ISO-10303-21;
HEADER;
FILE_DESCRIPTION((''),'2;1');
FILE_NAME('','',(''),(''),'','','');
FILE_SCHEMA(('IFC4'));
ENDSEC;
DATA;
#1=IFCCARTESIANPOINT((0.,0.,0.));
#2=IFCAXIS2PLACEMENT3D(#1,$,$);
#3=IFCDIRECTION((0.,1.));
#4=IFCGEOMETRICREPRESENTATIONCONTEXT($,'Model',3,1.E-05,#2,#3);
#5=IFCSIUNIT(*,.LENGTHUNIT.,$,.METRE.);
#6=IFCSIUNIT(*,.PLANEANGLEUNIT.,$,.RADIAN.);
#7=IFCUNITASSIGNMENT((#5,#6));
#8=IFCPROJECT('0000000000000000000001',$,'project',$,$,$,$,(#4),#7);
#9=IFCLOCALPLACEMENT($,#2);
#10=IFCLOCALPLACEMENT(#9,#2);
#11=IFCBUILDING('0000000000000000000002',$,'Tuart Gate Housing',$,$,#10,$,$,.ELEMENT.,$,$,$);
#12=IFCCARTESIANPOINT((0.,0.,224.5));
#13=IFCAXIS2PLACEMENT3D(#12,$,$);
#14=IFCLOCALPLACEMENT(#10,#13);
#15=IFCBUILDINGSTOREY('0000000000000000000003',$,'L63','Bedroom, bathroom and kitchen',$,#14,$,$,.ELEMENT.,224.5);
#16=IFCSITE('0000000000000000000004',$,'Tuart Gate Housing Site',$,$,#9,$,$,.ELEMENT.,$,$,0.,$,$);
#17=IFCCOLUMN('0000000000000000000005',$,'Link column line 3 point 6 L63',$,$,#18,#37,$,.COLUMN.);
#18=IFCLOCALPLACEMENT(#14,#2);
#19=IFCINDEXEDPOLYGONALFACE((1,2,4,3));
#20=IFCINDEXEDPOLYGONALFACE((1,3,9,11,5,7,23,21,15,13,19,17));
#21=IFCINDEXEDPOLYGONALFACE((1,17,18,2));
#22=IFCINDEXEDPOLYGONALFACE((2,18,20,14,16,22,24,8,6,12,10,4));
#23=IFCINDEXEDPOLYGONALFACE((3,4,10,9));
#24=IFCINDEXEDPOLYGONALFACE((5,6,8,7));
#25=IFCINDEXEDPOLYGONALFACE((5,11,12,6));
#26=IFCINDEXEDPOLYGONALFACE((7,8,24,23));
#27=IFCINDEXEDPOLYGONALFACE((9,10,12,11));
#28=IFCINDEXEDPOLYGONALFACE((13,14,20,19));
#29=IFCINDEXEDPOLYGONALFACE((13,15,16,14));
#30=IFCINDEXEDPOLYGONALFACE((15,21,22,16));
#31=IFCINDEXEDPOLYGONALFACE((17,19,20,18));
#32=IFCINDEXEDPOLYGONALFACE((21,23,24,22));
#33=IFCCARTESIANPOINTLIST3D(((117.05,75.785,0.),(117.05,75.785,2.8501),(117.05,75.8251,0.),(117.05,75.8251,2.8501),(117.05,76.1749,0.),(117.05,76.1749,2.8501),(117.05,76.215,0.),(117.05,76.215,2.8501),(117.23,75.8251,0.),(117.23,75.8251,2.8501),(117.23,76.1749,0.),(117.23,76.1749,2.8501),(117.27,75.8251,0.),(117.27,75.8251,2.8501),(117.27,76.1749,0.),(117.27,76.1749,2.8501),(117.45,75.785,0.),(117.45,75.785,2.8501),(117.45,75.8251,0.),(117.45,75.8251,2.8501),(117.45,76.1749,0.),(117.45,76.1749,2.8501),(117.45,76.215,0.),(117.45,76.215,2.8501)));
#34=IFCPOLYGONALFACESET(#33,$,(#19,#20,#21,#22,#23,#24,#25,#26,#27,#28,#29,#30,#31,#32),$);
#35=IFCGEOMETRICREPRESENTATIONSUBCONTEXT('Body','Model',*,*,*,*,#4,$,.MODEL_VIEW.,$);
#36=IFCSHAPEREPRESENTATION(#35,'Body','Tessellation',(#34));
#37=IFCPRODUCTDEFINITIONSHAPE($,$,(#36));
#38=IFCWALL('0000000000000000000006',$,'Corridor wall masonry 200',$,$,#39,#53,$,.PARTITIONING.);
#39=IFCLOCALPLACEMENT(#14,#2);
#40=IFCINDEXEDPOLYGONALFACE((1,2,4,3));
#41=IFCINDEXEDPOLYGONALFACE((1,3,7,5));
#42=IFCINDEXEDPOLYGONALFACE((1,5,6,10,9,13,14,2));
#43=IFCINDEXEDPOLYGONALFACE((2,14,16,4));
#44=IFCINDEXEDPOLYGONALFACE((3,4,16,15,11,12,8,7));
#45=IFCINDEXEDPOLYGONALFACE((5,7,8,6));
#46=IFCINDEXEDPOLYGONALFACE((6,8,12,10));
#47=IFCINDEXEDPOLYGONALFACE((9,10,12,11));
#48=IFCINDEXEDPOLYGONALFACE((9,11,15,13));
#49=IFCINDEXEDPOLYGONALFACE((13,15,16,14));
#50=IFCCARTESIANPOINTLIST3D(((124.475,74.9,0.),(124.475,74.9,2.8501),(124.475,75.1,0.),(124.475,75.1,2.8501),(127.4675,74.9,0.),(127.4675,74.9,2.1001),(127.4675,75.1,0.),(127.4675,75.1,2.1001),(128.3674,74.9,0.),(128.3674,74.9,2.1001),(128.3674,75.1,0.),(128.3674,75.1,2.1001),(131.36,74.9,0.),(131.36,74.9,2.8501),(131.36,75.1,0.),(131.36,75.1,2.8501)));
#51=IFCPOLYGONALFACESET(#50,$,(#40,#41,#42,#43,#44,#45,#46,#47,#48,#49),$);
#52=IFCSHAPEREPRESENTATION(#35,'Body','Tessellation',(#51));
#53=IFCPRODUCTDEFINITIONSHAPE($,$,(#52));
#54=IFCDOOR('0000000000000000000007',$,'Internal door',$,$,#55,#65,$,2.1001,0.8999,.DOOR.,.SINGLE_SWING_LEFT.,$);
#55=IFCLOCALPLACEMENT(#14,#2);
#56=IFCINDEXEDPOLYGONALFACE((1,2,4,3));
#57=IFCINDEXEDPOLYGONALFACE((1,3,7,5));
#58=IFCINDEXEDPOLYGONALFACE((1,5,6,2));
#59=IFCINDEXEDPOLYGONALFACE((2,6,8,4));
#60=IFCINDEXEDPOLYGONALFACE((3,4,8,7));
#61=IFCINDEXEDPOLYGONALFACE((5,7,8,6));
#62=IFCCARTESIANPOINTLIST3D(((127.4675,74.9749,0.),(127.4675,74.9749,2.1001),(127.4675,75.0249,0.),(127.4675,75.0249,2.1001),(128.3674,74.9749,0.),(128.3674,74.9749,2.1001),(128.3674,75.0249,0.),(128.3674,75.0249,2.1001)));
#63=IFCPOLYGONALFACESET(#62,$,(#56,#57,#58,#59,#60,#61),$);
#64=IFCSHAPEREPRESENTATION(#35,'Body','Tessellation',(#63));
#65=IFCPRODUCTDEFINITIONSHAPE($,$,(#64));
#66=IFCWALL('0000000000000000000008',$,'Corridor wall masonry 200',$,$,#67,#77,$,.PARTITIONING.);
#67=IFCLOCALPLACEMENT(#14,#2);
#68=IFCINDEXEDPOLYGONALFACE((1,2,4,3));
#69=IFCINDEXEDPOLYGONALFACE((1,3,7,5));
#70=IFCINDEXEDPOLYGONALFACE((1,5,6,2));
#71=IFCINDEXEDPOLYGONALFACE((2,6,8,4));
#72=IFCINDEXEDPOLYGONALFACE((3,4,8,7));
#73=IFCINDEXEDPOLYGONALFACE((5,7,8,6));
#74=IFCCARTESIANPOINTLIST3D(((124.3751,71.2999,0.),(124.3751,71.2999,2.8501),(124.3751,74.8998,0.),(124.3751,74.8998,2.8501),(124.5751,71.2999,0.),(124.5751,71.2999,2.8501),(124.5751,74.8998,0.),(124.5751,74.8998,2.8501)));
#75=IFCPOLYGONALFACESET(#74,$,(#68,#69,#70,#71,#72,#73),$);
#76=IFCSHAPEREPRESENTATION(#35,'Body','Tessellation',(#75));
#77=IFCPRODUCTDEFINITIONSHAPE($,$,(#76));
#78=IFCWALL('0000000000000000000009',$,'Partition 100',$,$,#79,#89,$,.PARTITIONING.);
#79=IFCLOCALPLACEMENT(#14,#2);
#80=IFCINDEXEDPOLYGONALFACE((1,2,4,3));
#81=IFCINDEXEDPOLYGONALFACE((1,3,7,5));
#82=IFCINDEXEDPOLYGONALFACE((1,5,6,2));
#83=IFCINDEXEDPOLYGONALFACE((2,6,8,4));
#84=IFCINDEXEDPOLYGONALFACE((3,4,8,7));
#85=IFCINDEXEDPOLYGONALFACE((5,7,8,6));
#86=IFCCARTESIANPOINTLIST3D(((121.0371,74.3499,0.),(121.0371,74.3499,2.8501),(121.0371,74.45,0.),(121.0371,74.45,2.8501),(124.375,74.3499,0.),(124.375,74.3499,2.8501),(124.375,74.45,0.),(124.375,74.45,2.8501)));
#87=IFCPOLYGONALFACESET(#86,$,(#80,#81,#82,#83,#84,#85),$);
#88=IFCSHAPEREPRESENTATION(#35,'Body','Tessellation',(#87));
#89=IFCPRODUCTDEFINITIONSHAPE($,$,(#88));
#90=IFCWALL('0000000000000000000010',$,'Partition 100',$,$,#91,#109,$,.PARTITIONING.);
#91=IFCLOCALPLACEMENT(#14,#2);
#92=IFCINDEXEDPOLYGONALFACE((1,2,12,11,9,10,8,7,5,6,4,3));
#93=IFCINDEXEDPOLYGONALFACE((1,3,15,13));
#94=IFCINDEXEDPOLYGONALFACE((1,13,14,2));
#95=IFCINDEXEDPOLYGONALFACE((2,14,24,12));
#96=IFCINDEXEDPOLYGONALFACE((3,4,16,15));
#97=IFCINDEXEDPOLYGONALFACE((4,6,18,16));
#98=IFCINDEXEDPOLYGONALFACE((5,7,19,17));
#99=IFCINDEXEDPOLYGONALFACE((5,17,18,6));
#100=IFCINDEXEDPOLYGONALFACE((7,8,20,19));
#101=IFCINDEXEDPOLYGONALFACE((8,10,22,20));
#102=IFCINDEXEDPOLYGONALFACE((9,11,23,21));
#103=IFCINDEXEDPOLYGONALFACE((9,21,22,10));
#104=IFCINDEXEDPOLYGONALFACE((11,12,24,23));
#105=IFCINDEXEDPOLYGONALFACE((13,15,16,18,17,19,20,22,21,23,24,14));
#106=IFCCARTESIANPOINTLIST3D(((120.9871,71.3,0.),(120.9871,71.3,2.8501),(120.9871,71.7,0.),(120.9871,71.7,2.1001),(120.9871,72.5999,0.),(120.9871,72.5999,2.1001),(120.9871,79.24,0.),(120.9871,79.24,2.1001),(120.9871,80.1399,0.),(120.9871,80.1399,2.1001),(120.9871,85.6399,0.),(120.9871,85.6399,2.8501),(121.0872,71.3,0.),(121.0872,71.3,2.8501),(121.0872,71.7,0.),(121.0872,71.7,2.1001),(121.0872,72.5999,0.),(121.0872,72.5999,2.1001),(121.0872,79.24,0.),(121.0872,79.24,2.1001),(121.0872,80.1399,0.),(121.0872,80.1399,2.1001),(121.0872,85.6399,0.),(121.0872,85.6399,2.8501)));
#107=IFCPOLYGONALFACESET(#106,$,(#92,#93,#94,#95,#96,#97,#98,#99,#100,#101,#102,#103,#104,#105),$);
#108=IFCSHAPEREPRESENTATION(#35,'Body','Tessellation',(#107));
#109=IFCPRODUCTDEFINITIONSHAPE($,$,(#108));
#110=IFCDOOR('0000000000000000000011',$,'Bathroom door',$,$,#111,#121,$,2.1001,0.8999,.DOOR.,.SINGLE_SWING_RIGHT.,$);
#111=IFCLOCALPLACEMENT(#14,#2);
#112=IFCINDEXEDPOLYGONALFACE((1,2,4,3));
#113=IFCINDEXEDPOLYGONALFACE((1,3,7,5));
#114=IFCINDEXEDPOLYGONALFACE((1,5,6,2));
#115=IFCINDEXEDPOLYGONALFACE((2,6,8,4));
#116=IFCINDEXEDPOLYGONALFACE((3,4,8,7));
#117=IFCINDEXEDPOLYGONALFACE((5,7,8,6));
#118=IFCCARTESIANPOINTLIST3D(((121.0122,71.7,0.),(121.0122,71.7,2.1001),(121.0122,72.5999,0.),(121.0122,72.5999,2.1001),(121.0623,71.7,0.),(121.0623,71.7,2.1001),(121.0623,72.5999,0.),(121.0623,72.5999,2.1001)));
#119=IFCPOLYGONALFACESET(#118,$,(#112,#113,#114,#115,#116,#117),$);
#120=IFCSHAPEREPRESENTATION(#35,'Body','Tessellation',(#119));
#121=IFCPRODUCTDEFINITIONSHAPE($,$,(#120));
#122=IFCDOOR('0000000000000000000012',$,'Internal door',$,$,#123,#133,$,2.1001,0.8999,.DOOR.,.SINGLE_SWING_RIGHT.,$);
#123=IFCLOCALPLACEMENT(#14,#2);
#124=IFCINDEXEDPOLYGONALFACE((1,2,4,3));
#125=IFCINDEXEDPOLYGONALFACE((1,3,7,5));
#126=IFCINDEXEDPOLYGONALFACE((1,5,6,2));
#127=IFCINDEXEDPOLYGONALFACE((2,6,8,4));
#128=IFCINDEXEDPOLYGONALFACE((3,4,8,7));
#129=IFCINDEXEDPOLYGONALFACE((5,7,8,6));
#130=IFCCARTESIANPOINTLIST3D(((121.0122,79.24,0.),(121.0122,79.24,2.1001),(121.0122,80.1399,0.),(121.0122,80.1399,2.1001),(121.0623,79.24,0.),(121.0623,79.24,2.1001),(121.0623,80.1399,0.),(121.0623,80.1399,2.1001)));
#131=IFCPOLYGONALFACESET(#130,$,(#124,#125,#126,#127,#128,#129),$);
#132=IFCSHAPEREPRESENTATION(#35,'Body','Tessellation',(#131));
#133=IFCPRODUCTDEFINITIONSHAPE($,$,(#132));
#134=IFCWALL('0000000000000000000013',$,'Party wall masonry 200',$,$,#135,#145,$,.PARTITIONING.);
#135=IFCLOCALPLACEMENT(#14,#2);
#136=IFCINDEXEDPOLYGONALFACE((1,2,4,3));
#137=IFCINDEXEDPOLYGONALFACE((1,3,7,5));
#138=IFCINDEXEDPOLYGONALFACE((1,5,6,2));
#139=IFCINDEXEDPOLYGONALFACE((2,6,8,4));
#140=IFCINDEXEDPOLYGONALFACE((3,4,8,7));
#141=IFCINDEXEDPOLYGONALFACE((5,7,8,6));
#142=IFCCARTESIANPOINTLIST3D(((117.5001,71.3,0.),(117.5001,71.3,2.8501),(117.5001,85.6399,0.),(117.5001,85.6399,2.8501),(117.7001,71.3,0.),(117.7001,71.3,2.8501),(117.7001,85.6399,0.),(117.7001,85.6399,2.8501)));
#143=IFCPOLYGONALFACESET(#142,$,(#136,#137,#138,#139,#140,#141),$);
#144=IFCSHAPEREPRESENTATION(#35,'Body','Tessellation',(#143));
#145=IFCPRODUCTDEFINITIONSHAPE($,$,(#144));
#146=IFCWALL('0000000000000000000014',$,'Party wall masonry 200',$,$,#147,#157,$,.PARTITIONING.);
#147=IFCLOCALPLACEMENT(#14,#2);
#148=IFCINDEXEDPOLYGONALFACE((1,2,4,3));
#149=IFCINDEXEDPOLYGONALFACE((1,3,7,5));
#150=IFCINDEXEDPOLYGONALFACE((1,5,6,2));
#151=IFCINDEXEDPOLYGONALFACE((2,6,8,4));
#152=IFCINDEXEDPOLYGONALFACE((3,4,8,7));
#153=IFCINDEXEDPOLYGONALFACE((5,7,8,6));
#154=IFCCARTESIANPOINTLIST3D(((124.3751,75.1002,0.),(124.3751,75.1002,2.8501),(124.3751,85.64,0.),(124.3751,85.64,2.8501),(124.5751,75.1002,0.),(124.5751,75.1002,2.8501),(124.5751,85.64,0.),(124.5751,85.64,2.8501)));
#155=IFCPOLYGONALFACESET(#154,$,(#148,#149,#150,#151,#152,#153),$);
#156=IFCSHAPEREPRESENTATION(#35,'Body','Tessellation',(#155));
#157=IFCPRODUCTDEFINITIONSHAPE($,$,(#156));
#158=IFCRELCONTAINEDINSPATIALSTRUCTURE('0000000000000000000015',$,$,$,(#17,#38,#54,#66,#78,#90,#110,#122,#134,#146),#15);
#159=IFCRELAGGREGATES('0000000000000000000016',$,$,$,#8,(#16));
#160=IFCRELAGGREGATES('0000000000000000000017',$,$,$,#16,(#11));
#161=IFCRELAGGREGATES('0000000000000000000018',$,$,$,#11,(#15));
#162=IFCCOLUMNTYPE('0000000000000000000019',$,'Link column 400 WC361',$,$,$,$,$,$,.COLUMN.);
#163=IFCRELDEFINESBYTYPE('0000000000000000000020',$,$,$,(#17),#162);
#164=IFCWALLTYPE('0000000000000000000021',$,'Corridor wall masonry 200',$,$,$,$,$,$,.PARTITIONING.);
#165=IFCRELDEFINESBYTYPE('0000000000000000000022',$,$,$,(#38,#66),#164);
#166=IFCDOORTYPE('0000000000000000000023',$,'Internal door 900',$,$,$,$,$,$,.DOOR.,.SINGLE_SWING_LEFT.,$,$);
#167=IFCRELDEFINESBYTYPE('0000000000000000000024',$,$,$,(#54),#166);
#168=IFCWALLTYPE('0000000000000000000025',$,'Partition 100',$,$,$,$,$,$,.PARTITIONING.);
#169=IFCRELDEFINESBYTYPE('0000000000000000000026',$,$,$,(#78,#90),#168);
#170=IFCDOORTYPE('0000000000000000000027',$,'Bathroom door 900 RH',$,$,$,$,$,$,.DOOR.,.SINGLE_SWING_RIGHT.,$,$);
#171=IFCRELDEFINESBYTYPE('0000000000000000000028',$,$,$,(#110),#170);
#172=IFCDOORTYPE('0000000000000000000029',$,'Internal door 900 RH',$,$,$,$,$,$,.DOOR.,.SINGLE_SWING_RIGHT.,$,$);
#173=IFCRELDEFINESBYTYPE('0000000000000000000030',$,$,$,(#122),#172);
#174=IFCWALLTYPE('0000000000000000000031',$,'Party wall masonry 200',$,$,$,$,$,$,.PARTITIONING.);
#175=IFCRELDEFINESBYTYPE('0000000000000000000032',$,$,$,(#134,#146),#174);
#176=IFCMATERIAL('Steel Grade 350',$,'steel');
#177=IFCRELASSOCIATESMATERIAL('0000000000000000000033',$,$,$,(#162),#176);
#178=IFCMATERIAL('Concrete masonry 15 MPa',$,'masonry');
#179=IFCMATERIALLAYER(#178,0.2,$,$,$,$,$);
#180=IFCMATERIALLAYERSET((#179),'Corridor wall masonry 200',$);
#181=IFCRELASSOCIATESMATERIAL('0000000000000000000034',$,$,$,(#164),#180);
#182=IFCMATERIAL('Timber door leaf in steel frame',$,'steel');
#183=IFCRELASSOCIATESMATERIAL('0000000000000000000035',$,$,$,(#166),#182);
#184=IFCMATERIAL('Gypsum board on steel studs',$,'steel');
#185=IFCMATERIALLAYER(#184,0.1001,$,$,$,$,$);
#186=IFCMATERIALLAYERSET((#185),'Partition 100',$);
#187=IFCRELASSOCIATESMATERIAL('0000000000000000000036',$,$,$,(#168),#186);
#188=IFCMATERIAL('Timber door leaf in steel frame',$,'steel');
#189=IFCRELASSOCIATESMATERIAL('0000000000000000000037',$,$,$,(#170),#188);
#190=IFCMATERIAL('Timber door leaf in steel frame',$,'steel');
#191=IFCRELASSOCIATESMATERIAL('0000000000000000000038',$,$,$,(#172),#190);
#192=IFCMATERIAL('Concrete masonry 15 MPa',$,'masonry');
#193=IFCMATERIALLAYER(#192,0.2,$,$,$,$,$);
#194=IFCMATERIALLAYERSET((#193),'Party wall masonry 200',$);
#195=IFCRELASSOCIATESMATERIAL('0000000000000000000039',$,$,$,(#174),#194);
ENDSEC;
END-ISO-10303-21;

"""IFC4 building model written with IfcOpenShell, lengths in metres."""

from ifc_helpers import new_model, si_unit, direction, frame, frame_2d, origin, origin_2d, place, context, subcontext, project, spatial, rectangle, i_section, extrude, material, layer, layer_set, material_profile, profile_set, type_object, element, fill, save


model = new_model("IFC4")

# Units and contexts
model_context = context("Model", 3, precision=1e-05, world=origin(), true_north=direction((0.0, 1.0)))
body_context = subcontext(model_context, "Body", "Model", "MODEL_VIEW")
ifc_project = project(units=[si_unit("LENGTHUNIT", "METRE"), si_unit("PLANEANGLEUNIT", "RADIAN")], contexts=[model_context])

# Site, building, storey
site_placement = place(None, origin())
site = spatial("IfcSite", under=ifc_project, at=site_placement, Name="Tuart Gate Housing Site", CompositionType="ELEMENT", RefElevation=0.0)
building_placement = place(site_placement, origin())
building = spatial("IfcBuilding", under=site, at=building_placement, Name="Tuart Gate Housing", CompositionType="ELEMENT")
storey_placement = place(building_placement, frame((0.0, 0.0, 224.5)))
storey = spatial("IfcBuildingStorey", under=building, at=storey_placement, Name="L63", Description="Bedroom, bathroom and kitchen", CompositionType="ELEMENT", Elevation=224.5)

# Column
ifc_material_1 = material(Name="Steel Grade 350", Category="steel")
ifc_material_profile = material_profile(ifc_material_1, i_section(OverallWidth=0.3999, OverallDepth=0.4299, WebThickness=0.04, FlangeThickness=0.04, at=origin_2d()), Name="400WC361")
ifc_profile_set = profile_set([ifc_material_profile], Name="Steel Grade 350")
column_type = type_object("IfcColumnType", Name="Link column 400 WC361", PredefinedType="COLUMN", material=ifc_profile_set)
column_placement = place(storey_placement, frame((117.25, 76.0, 0.0), z_axis=(0.0, 0.0, 1.0), x_axis=(1.0, 0.0, 0.0)))
element("IfcColumn", 1, at=column_placement, inside=storey, type_object=column_type, Name="Link column line 3 point 6 L63", PredefinedType="COLUMN", context=body_context, shape_type="SweptSolid", body=[
    extrude(i_section(OverallWidth=0.3999, OverallDepth=0.4299, WebThickness=0.04, FlangeThickness=0.04, at=origin_2d()), origin(), (0.0, 0.0, 1.0), 2.8501),
])

# Wall, opening, door
ifc_material_2 = material(Name="Concrete masonry 15 MPa", Category="masonry")
ifc_layer_1 = layer(ifc_material_2, 0.2)
ifc_layer_set_1 = layer_set([ifc_layer_1], Name="Corridor wall masonry 200")
wall_type_1 = type_object("IfcWallType", Name="Corridor wall masonry 200", PredefinedType="PARTITIONING", material=ifc_layer_set_1)
wall_1_placement = place(storey_placement, frame((124.4751, 75.0, 0.0), z_axis=(0.0, 0.0, 1.0), x_axis=(1.0, 0.0, 0.0)))
wall_1 = element("IfcWall", 2, at=wall_1_placement, inside=storey, type_object=wall_type_1, Name="Corridor wall masonry 200", PredefinedType="PARTITIONING", context=body_context, shape_type="SweptSolid", body=[
    extrude(rectangle(XDim=6.885, YDim=0.2, at=frame_2d((3.4424, 0.0))), origin(), (0.0, 0.0, 1.0), 2.8501),
])
opening_1_placement = place(wall_1_placement, frame((2.9924, 0.0, 0.0)))
opening_1 = element("IfcOpeningElement", 3, at=opening_1_placement, cuts=wall_1, PredefinedType="OPENING", context=body_context, shape_type="SweptSolid", body=[
    extrude(rectangle(XDim=0.8999, YDim=2.1001, at=frame_2d((0.45, 1.05))), frame((0.0, 0.1099, 0.0), z_axis=(0.0, -1.0, 0.0), x_axis=(1.0, 0.0, 0.0)), (0.0, 0.0, 1.0), 0.22),
])
ifc_material_3 = material(Name="Timber door leaf in steel frame", Category="steel")
door_type_1 = type_object("IfcDoorType", Name="Internal door 900", OperationType="SINGLE_SWING_LEFT", PredefinedType="DOOR", material=ifc_material_3)
door_1_placement = place(opening_1_placement, origin())
door_1 = element("IfcDoor", 4, at=door_1_placement, inside=storey, type_object=door_type_1, Name="Internal door", OperationType="SINGLE_SWING_LEFT", OverallHeight=2.1001, OverallWidth=0.8999, PredefinedType="DOOR", context=body_context, shape_type="SweptSolid", body=[
    extrude(rectangle(XDim=0.8999, YDim=2.1001, at=frame_2d((0.45, 1.05))), frame((0.0, 0.0249, 0.0), z_axis=(0.0, -1.0, 0.0), x_axis=(1.0, 0.0, 0.0)), (0.0, 0.0, 1.0), 0.05),
])
fill(opening_1, door_1)

# Walls
wall_2_placement = place(storey_placement, frame((124.4751, 71.3, 0.0), z_axis=(0.0, 0.0, 1.0), x_axis=(0.0, 1.0, 0.0)))
element("IfcWall", 5, at=wall_2_placement, inside=storey, type_object=wall_type_1, Name="Corridor wall masonry 200", PredefinedType="PARTITIONING", context=body_context, shape_type="SweptSolid", body=[
    extrude(rectangle(XDim=3.5999, YDim=0.2, at=frame_2d((1.7998, 0.0))), origin(), (0.0, 0.0, 1.0), 2.8501),
])
ifc_material_4 = material(Name="Gypsum board on steel studs", Category="steel")
ifc_layer_2 = layer(ifc_material_4, 0.1001)
ifc_layer_set_2 = layer_set([ifc_layer_2], Name="Partition 100")
wall_type_2 = type_object("IfcWallType", Name="Partition 100", PredefinedType="PARTITIONING", material=ifc_layer_set_2)
wall_3_placement = place(storey_placement, frame((121.0371, 74.3999, 0.0), z_axis=(0.0, 0.0, 1.0), x_axis=(1.0, 0.0, 0.0)))
element("IfcWall", 6, at=wall_3_placement, inside=storey, type_object=wall_type_2, Name="Partition 100", PredefinedType="PARTITIONING", context=body_context, shape_type="SweptSolid", body=[
    extrude(rectangle(XDim=3.3379, YDim=0.1001, at=frame_2d((1.6689, 0.0))), origin(), (0.0, 0.0, 1.0), 2.8501),
])

# Wall, openings, doors
wall_4_placement = place(storey_placement, frame((121.0371, 71.3, 0.0), z_axis=(0.0, 0.0, 1.0), x_axis=(0.0, 1.0, 0.0)))
wall_4 = element("IfcWall", 7, at=wall_4_placement, inside=storey, type_object=wall_type_2, Name="Partition 100", PredefinedType="PARTITIONING", context=body_context, shape_type="SweptSolid", body=[
    extrude(rectangle(XDim=14.3398, YDim=0.1001, at=frame_2d((7.1699, 0.0))), origin(), (0.0, 0.0, 1.0), 2.8501),
])
opening_2_placement = place(wall_4_placement, frame((7.9399, 0.0, 0.0)))
opening_2 = element("IfcOpeningElement", 8, at=opening_2_placement, cuts=wall_4, PredefinedType="OPENING", context=body_context, shape_type="SweptSolid", body=[
    extrude(rectangle(XDim=0.8999, YDim=2.1001, at=frame_2d((0.45, 1.05))), frame((0.0, 0.0601, 0.0), z_axis=(0.0, -1.0, 0.0), x_axis=(1.0, 0.0, 0.0)), (0.0, 0.0, 1.0), 0.1201),
])
opening_3_placement = place(wall_4_placement, frame((0.3999, 0.0, 0.0)))
opening_3 = element("IfcOpeningElement", 9, at=opening_3_placement, cuts=wall_4, PredefinedType="OPENING", context=body_context, shape_type="SweptSolid", body=[
    extrude(rectangle(XDim=0.8999, YDim=2.1001, at=frame_2d((0.45, 1.05))), frame((0.0, 0.0601, 0.0), z_axis=(0.0, -1.0, 0.0), x_axis=(1.0, 0.0, 0.0)), (0.0, 0.0, 1.0), 0.1201),
])
ifc_material_5 = material(Name="Timber door leaf in steel frame", Category="steel")
door_type_2 = type_object("IfcDoorType", Name="Bathroom door 900 RH", OperationType="SINGLE_SWING_RIGHT", PredefinedType="DOOR", material=ifc_material_5)
door_2_placement = place(opening_3_placement, frame((0.8999, 0.0, 0.0), z_axis=(0.0, 0.0, 1.0), x_axis=(-1.0, 0.0, 0.0)))
door_2 = element("IfcDoor", 10, at=door_2_placement, inside=storey, type_object=door_type_2, Name="Bathroom door", OperationType="SINGLE_SWING_RIGHT", OverallHeight=2.1001, OverallWidth=0.8999, PredefinedType="DOOR", context=body_context, shape_type="SweptSolid", body=[
    extrude(rectangle(XDim=0.8999, YDim=2.1001, at=frame_2d((0.45, 1.05))), frame((0.0, 0.0251, 0.0), z_axis=(0.0, -1.0, 0.0), x_axis=(1.0, 0.0, 0.0)), (0.0, 0.0, 1.0), 0.05),
])
fill(opening_3, door_2)
ifc_material_6 = material(Name="Timber door leaf in steel frame", Category="steel")
door_type_3 = type_object("IfcDoorType", Name="Internal door 900 RH", OperationType="SINGLE_SWING_RIGHT", PredefinedType="DOOR", material=ifc_material_6)
door_3_placement = place(opening_2_placement, frame((0.8999, 0.0, 0.0), z_axis=(0.0, 0.0, 1.0), x_axis=(-1.0, 0.0, 0.0)))
door_3 = element("IfcDoor", 11, at=door_3_placement, inside=storey, type_object=door_type_3, Name="Internal door", OperationType="SINGLE_SWING_RIGHT", OverallHeight=2.1001, OverallWidth=0.8999, PredefinedType="DOOR", context=body_context, shape_type="SweptSolid", body=[
    extrude(rectangle(XDim=0.8999, YDim=2.1001, at=frame_2d((0.45, 1.05))), frame((0.0, 0.0251, 0.0), z_axis=(0.0, -1.0, 0.0), x_axis=(1.0, 0.0, 0.0)), (0.0, 0.0, 1.0), 0.05),
])
fill(opening_2, door_3)

# Walls
ifc_material_7 = material(Name="Concrete masonry 15 MPa", Category="masonry")
ifc_layer_3 = layer(ifc_material_7, 0.2)
ifc_layer_set_3 = layer_set([ifc_layer_3], Name="Party wall masonry 200")
wall_type_3 = type_object("IfcWallType", Name="Party wall masonry 200", PredefinedType="PARTITIONING", material=ifc_layer_set_3)
wall_5_placement = place(storey_placement, frame((117.6001, 71.3, 0.0), z_axis=(0.0, 0.0, 1.0), x_axis=(0.0, 1.0, 0.0)))
element("IfcWall", 12, at=wall_5_placement, inside=storey, type_object=wall_type_3, Name="Party wall masonry 200", PredefinedType="PARTITIONING", context=body_context, shape_type="SweptSolid", body=[
    extrude(rectangle(XDim=14.3398, YDim=0.2, at=frame_2d((7.1699, 0.0))), origin(), (0.0, 0.0, 1.0), 2.8501),
])
wall_6_placement = place(storey_placement, frame((124.4751, 75.1001, 0.0), z_axis=(0.0, 0.0, 1.0), x_axis=(0.0, 1.0, 0.0)))
element("IfcWall", 13, at=wall_6_placement, inside=storey, type_object=wall_type_3, Name="Party wall masonry 200", PredefinedType="PARTITIONING", context=body_context, shape_type="SweptSolid", body=[
    extrude(rectangle(XDim=10.5398, YDim=0.2, at=frame_2d((5.27, 0.0))), origin(), (0.0, 0.0, 1.0), 2.8501),
])

save(model, "model.ifc")
